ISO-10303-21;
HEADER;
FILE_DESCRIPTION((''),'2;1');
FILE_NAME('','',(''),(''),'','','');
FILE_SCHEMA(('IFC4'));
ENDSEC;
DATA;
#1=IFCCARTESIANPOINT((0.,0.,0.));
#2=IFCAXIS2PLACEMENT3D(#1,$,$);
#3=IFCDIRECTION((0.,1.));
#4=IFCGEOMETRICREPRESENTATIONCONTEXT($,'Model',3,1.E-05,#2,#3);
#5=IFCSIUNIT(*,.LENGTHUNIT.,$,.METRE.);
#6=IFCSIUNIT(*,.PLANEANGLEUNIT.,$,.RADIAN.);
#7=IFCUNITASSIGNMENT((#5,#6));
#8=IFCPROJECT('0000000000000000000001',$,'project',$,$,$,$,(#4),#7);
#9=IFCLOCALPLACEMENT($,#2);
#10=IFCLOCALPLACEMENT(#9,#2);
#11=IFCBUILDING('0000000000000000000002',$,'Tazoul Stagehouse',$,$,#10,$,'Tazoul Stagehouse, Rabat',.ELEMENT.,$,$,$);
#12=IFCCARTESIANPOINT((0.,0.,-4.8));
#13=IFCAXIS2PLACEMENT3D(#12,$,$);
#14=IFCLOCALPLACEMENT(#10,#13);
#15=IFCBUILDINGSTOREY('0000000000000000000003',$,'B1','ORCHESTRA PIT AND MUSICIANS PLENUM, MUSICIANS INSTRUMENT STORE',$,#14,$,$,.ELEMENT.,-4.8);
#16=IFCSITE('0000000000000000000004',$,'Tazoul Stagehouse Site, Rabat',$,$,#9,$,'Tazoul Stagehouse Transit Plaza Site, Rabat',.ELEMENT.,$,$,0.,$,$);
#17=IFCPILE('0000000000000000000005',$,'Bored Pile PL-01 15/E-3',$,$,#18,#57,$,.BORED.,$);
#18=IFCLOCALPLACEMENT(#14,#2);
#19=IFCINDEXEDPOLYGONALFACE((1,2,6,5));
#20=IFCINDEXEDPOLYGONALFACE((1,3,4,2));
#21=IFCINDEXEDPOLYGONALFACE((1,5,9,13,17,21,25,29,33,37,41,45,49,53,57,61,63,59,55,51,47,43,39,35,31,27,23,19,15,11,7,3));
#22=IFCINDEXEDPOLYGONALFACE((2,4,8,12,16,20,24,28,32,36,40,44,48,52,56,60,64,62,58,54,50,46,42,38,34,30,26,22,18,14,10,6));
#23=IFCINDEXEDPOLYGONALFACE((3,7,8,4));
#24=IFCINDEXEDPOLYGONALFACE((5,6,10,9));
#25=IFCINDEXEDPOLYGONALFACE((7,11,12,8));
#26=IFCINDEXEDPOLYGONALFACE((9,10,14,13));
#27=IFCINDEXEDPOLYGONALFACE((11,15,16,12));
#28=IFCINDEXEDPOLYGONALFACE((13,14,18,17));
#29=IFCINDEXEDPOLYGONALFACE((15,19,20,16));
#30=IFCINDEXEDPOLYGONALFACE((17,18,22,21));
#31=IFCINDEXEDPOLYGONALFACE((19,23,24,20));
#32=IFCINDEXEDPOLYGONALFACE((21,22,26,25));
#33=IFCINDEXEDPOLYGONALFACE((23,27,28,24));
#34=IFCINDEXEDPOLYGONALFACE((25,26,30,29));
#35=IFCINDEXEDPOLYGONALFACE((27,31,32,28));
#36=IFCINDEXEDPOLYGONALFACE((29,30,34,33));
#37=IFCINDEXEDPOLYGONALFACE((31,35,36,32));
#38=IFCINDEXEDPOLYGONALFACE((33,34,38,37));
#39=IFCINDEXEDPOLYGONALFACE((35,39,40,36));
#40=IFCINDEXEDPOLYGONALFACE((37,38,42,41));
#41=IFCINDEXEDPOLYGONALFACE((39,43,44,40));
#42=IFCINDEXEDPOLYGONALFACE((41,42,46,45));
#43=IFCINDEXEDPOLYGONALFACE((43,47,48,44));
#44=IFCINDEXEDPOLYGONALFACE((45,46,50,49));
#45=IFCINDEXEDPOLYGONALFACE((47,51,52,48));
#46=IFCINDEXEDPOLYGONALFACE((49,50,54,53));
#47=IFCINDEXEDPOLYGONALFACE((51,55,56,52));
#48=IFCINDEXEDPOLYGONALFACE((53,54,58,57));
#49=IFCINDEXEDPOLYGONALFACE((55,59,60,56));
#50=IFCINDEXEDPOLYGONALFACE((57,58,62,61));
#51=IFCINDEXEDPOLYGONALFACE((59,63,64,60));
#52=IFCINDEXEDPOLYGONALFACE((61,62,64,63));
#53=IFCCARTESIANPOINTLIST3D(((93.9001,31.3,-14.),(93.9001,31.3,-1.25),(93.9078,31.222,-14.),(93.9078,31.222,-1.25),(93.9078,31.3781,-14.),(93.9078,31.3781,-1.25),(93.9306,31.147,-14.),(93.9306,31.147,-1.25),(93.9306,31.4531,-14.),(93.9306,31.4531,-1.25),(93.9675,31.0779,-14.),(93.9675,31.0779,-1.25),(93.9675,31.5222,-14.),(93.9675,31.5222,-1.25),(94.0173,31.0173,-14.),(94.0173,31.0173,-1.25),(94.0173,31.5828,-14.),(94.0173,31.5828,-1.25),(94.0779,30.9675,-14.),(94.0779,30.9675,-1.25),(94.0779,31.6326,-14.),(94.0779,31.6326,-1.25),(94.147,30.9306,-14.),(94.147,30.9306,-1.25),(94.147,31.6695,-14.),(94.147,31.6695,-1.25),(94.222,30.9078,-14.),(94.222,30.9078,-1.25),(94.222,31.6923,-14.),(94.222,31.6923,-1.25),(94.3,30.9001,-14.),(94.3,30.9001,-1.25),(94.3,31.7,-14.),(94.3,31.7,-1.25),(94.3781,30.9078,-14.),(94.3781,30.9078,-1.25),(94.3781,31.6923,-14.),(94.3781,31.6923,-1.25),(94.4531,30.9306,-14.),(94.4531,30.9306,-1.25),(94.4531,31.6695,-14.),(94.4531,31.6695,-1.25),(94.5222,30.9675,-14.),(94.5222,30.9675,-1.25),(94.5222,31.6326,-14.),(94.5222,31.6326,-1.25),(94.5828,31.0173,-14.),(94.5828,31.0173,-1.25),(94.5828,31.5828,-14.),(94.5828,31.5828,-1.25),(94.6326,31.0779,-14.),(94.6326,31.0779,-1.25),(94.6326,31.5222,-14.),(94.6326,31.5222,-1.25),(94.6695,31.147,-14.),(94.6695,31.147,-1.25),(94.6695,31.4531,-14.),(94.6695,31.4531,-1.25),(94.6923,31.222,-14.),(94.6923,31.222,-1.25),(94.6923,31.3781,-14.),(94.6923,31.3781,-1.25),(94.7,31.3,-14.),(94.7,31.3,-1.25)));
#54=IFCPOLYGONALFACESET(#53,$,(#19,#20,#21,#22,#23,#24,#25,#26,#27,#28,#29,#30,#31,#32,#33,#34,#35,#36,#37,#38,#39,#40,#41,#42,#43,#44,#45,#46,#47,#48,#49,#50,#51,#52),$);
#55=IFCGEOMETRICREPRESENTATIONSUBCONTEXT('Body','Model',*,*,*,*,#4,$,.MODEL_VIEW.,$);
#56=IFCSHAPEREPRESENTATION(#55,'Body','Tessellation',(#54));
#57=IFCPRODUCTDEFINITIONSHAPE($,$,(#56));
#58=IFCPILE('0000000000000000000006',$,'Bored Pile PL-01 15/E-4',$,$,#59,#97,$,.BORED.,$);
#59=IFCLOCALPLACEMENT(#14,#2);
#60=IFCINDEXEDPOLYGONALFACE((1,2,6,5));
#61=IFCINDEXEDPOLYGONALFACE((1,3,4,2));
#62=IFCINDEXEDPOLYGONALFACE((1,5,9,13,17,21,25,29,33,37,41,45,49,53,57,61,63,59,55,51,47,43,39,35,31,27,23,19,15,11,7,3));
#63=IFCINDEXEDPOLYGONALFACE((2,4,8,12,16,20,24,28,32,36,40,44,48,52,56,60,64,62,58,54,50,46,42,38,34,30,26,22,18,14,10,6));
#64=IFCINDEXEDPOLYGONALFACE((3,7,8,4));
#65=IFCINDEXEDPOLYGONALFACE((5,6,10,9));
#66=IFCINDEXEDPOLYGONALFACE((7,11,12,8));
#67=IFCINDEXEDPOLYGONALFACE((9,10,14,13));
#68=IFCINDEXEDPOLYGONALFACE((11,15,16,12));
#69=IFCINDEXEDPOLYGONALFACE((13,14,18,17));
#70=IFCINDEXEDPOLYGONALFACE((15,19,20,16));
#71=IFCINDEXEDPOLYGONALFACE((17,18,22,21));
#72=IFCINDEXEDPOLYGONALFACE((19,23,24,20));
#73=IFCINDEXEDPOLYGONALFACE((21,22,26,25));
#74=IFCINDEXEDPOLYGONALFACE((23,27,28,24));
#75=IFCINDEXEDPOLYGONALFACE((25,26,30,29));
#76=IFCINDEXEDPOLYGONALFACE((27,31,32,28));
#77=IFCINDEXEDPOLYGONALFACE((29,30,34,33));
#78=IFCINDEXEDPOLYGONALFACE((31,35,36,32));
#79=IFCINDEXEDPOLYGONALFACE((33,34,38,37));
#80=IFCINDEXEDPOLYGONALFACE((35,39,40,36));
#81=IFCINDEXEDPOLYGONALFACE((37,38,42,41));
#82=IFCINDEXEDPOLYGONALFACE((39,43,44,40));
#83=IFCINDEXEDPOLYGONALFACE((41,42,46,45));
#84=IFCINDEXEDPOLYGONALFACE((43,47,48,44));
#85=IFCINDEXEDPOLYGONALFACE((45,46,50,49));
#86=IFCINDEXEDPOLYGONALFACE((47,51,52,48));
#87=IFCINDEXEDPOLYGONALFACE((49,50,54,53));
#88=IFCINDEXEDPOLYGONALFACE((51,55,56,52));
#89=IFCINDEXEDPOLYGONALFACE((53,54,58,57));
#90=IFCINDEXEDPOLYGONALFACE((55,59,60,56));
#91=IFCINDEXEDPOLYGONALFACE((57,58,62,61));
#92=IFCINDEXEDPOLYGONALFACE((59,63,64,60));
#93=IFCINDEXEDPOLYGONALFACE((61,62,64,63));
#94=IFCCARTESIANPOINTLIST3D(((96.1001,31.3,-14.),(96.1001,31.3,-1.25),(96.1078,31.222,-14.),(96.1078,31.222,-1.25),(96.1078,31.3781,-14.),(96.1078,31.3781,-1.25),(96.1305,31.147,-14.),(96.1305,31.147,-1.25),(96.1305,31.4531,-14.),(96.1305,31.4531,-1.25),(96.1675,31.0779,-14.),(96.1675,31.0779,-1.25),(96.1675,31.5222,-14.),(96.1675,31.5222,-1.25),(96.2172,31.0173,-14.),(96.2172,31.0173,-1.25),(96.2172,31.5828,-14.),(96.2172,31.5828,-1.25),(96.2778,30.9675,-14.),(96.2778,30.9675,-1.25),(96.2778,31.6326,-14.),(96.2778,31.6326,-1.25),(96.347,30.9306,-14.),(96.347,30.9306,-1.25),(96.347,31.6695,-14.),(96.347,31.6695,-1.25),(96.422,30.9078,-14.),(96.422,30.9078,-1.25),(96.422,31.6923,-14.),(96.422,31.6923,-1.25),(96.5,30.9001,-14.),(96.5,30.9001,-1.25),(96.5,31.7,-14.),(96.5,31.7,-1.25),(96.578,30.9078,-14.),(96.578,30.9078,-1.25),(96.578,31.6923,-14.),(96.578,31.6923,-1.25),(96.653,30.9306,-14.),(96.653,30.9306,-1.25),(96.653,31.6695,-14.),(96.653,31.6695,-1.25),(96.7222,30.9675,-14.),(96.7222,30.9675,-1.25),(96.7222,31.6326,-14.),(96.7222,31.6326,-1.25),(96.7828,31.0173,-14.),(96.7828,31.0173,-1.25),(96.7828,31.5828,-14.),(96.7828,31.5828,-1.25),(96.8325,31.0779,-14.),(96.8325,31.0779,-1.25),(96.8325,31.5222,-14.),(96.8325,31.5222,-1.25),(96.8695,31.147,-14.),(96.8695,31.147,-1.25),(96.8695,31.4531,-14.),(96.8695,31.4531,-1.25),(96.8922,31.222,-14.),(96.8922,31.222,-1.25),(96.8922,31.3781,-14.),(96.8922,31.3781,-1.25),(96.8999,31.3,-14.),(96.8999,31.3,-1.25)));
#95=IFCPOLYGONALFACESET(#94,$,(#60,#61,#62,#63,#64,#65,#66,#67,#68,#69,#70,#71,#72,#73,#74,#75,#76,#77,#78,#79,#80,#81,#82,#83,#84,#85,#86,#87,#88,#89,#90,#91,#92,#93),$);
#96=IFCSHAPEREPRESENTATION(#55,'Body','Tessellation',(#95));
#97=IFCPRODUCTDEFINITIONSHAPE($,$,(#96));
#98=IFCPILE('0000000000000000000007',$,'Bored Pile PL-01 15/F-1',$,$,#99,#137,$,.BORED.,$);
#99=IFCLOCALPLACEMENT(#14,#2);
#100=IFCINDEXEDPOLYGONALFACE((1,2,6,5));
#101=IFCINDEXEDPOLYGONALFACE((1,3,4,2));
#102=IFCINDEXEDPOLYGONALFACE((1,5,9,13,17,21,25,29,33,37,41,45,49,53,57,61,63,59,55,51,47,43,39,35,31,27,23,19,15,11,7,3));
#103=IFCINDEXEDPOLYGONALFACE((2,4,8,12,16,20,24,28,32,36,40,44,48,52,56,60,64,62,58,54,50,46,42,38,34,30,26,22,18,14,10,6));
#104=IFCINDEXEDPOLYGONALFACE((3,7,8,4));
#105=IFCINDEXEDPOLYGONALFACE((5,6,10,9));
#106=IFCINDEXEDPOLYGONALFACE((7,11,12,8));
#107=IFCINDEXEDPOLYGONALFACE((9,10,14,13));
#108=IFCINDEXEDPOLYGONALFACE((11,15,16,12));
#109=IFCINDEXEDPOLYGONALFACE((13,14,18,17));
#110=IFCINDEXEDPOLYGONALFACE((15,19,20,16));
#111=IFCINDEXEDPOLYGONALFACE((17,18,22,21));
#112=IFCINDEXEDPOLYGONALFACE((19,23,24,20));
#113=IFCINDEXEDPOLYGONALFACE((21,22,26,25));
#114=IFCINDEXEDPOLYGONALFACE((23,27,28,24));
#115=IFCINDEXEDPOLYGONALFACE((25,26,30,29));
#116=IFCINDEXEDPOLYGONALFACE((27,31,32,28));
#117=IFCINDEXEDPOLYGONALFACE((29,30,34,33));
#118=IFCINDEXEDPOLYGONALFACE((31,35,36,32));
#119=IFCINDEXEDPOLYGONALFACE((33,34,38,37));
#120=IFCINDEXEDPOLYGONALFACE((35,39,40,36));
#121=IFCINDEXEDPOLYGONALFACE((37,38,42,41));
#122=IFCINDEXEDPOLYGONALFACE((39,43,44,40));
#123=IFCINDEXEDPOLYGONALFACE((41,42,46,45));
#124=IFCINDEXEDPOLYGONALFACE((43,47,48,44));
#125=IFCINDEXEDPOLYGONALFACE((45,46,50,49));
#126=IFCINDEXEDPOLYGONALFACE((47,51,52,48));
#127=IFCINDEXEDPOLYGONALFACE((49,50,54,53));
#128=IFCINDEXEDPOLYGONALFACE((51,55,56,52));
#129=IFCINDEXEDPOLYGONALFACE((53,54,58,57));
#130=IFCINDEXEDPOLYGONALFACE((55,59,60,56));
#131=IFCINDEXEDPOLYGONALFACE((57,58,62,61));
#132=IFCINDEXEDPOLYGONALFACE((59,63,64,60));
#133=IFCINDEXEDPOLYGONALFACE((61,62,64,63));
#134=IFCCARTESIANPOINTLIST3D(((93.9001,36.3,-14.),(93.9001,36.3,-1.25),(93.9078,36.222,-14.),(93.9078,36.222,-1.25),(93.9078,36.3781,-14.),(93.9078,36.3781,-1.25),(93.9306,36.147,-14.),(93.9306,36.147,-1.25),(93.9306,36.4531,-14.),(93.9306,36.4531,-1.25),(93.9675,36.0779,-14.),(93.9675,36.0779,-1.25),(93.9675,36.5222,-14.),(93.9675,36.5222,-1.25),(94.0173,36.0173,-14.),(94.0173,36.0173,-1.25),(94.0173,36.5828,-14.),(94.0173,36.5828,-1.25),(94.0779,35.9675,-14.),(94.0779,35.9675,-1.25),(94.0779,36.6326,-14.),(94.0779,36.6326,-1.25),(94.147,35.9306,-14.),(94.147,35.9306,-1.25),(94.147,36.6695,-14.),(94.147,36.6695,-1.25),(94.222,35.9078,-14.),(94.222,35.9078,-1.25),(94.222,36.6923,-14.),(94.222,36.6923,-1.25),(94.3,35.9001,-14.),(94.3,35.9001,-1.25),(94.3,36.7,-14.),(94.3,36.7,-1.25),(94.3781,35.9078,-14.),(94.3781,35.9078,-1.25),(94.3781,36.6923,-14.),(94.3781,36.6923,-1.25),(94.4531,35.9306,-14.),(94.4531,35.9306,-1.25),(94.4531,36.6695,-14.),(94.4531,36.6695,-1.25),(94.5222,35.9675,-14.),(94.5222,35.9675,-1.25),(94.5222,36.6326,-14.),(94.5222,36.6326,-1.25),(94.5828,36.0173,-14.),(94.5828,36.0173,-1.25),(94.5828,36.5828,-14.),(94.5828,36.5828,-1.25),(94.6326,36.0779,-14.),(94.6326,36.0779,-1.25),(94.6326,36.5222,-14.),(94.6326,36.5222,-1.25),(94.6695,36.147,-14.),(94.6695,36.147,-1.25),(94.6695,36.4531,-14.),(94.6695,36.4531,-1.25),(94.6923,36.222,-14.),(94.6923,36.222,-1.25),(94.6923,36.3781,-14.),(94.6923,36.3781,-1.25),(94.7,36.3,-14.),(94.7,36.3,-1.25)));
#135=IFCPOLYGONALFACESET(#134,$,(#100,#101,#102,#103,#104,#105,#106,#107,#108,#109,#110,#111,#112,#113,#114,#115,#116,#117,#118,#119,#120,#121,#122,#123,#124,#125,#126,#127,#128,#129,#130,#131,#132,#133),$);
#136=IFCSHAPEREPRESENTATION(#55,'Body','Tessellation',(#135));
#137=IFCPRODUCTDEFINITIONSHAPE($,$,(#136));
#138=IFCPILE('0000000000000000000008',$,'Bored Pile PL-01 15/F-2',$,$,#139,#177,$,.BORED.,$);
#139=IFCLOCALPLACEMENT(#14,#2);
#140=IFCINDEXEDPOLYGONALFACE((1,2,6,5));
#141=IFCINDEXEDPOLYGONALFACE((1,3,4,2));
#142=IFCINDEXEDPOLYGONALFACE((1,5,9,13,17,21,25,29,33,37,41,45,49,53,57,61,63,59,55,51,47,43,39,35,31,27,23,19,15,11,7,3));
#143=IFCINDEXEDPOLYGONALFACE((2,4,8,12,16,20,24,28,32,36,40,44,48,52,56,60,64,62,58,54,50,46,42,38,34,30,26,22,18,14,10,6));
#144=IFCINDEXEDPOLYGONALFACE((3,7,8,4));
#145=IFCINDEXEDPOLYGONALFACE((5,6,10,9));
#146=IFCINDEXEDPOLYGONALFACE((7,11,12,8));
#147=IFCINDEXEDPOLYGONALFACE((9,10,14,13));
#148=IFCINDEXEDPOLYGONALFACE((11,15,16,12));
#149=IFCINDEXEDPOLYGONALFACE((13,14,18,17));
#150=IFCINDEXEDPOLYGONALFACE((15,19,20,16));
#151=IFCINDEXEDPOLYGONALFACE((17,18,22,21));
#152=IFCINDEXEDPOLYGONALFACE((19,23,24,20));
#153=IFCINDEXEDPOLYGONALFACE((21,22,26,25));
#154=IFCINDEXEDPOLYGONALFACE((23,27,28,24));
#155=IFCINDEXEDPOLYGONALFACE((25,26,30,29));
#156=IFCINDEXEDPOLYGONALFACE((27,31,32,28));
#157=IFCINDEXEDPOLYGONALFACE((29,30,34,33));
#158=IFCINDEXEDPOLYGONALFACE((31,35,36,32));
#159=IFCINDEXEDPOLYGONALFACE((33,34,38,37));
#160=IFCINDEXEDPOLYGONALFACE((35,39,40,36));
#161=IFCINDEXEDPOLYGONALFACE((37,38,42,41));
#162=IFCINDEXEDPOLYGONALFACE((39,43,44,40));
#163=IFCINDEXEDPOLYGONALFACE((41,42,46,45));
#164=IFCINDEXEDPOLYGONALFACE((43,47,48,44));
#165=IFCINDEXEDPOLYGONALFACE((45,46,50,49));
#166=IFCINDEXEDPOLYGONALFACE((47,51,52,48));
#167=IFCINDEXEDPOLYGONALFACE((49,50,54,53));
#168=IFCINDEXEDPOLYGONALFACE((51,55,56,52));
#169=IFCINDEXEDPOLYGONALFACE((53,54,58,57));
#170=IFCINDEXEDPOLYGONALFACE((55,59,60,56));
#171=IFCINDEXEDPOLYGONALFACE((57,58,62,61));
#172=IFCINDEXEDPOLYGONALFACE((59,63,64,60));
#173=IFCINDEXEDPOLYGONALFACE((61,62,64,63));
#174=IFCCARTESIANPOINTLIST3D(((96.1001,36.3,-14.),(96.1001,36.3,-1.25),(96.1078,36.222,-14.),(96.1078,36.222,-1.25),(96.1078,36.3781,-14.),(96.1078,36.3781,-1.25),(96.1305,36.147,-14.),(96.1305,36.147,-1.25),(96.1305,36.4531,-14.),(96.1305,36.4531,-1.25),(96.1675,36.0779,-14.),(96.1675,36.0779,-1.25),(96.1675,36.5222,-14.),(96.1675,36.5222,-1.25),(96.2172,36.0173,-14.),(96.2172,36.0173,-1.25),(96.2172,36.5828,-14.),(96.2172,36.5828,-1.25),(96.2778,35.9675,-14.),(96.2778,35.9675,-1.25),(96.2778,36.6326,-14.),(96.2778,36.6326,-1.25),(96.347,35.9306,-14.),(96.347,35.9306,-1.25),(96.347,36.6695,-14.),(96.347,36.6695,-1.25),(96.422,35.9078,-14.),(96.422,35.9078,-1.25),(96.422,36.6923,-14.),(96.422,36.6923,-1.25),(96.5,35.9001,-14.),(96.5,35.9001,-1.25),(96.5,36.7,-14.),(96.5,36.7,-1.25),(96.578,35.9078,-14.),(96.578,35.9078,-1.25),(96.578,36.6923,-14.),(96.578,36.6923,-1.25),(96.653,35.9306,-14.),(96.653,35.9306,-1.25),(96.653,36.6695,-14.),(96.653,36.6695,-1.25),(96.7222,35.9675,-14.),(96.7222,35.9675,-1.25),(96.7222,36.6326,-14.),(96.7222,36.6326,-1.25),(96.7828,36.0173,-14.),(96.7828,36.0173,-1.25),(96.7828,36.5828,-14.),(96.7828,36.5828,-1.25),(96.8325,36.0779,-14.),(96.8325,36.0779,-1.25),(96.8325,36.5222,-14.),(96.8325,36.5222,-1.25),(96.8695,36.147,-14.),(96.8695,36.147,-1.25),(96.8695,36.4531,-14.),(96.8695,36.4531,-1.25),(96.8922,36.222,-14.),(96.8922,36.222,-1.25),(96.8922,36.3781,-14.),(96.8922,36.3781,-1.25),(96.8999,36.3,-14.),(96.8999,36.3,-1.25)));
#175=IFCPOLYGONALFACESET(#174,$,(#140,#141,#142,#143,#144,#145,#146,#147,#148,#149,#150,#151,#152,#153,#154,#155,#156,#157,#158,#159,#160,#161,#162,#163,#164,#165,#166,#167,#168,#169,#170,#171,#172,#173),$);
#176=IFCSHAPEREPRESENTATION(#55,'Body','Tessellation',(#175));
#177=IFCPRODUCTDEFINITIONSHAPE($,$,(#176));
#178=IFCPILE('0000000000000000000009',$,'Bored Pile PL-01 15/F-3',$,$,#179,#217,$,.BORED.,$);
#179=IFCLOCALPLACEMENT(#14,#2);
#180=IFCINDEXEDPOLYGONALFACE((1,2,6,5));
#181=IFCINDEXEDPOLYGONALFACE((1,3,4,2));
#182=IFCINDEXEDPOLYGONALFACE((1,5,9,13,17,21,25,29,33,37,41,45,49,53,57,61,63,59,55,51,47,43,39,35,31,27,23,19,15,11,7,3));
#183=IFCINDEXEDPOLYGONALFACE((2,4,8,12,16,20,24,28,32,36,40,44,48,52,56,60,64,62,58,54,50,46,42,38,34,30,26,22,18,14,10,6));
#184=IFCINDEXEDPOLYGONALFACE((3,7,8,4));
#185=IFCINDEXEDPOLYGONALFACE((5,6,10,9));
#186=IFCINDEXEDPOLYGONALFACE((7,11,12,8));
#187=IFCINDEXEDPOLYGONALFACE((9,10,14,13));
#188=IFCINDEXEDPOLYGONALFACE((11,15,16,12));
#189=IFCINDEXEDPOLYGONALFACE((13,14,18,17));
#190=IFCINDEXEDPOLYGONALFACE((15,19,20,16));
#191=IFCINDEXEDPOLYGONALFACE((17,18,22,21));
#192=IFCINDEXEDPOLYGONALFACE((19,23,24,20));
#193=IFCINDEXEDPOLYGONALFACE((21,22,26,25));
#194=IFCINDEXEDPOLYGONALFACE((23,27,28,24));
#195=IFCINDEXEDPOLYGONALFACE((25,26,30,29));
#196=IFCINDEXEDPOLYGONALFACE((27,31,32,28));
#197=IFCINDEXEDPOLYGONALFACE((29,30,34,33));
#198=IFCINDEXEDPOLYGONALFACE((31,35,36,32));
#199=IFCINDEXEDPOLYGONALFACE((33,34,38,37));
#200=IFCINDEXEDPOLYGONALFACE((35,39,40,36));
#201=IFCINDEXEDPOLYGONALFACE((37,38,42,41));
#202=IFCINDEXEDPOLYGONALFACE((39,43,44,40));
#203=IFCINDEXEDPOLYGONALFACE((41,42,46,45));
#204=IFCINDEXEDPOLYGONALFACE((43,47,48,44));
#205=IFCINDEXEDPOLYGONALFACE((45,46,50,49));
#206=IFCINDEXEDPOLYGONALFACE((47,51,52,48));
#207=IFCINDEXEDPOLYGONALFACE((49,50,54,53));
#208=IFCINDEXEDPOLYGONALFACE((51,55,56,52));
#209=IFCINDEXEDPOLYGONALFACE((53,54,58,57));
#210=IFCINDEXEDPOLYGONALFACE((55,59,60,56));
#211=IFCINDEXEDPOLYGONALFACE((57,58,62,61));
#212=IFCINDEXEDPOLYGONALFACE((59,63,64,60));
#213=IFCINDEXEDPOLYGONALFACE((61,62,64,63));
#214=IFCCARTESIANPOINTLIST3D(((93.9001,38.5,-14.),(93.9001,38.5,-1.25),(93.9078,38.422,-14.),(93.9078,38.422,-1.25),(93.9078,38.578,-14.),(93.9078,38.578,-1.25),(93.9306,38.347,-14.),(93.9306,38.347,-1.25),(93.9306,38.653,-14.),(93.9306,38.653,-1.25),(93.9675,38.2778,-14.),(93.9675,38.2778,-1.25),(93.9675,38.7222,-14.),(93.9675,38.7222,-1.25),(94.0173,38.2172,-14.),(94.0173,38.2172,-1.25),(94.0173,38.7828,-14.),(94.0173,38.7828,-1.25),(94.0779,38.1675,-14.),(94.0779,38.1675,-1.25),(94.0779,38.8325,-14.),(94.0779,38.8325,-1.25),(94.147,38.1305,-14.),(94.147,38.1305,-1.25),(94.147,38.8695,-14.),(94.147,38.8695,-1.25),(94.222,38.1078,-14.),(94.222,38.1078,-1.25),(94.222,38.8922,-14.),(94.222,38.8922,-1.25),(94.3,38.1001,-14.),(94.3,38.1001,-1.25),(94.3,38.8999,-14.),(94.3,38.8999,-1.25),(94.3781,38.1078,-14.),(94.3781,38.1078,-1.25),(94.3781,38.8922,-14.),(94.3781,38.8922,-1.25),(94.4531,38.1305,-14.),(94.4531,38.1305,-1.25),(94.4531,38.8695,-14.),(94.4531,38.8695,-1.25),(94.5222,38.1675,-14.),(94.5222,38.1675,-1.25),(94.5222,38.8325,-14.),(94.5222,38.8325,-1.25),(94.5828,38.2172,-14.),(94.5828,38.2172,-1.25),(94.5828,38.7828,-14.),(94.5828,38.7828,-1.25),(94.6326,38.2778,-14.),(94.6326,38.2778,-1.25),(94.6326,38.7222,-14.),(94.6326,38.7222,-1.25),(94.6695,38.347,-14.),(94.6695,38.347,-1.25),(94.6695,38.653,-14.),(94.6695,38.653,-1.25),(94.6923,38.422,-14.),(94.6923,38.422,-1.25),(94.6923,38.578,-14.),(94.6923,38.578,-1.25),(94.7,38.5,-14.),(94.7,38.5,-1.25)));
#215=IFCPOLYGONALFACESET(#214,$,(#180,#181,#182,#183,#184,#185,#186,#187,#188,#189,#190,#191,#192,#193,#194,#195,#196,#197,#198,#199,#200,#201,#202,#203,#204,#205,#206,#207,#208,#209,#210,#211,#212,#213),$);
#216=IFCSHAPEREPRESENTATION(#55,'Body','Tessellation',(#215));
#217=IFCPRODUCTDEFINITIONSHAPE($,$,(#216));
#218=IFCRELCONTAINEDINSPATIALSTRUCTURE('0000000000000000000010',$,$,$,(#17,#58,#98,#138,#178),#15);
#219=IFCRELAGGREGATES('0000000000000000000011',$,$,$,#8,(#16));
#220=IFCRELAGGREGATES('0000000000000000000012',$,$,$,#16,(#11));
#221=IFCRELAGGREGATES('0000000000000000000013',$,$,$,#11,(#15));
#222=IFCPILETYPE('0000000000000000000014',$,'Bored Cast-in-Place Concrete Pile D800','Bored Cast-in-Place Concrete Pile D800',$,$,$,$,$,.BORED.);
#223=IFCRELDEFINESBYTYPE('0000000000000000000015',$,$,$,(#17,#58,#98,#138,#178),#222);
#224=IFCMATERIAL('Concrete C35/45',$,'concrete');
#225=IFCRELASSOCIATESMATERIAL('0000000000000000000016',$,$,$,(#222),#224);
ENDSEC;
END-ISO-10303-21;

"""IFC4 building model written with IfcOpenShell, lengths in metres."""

from ifc_helpers import new_model, si_unit, direction, frame, origin, origin_2d, place, context, subcontext, project, spatial, circle, extrude, material, material_profile, profile_set, type_object, element, save


model = new_model("IFC4")

# Units and contexts
model_context = context("Model", 3, precision=1e-05, world=origin(), true_north=direction((0.0, 1.0)))
body_context = subcontext(model_context, "Body", "Model", "MODEL_VIEW")
ifc_project = project(units=[si_unit("LENGTHUNIT", "METRE"), si_unit("PLANEANGLEUNIT", "RADIAN")], contexts=[model_context])

# Site, building, storey
site_placement = place(None, origin())
site = spatial("IfcSite", under=ifc_project, at=site_placement, Name="Tazoul Stagehouse Site, Rabat", LongName="Tazoul Stagehouse Transit Plaza Site, Rabat", CompositionType="ELEMENT", RefElevation=0.0)
building_placement = place(site_placement, origin())
building = spatial("IfcBuilding", under=site, at=building_placement, Name="Tazoul Stagehouse", LongName="Tazoul Stagehouse, Rabat", CompositionType="ELEMENT")
storey_placement = place(building_placement, frame((0.0, 0.0, -4.8)))
storey = spatial("IfcBuildingStorey", under=building, at=storey_placement, Name="B1", Description="ORCHESTRA PIT AND MUSICIANS PLENUM, MUSICIANS INSTRUMENT STORE", CompositionType="ELEMENT", Elevation=-4.8)

# Piles
ifc_material_1 = material(Name="Concrete C35/45", Category="concrete")
ifc_material_profile_1 = material_profile(ifc_material_1, circle(Radius=0.3999, at=origin_2d()), Name="BORED PILE 800")
ifc_profile_set_1 = profile_set([ifc_material_profile_1], Name="Concrete C35/45")
pile_type = type_object("IfcPileType", Name="Bored Cast-in-Place Concrete Pile D800", Description="Bored Cast-in-Place Concrete Pile D800", PredefinedType="BORED", material=ifc_profile_set_1)
for number, where, z_axis, x_axis, name in (
    (1, (94.3, 31.3, -1.25), (0.0, 0.0, -1.0), (1.0, 0.0, 0.0), "Bored Pile PL-01 15/E-3"),
    (2, (96.5, 31.3, -1.25), (0.0, 0.0, -1.0), (1.0, 0.0, 0.0), "Bored Pile PL-01 15/E-4"),
    (3, (94.3, 36.3, -1.25), (0.0, 0.0, -1.0), (1.0, 0.0, 0.0), "Bored Pile PL-01 15/F-1"),
    (4, (96.5, 36.3, -1.25), (0.0, 0.0, -1.0), (1.0, 0.0, 0.0), "Bored Pile PL-01 15/F-2"),
    (5, (94.3, 38.5, -1.25), (0.0, 0.0, -1.0), (1.0, 0.0, 0.0), "Bored Pile PL-01 15/F-3"),
):
    element("IfcPile", number, at=place(storey_placement, frame(where, z_axis=z_axis, x_axis=x_axis)), inside=storey, type_object=pile_type, Name=name, PredefinedType="BORED", context=body_context, shape_type="SweptSolid", body=[
        extrude(circle(Radius=0.3999, at=origin_2d()), origin(), (0.0, 0.0, 1.0), 12.75),
    ])

save(model, "model.ifc")
